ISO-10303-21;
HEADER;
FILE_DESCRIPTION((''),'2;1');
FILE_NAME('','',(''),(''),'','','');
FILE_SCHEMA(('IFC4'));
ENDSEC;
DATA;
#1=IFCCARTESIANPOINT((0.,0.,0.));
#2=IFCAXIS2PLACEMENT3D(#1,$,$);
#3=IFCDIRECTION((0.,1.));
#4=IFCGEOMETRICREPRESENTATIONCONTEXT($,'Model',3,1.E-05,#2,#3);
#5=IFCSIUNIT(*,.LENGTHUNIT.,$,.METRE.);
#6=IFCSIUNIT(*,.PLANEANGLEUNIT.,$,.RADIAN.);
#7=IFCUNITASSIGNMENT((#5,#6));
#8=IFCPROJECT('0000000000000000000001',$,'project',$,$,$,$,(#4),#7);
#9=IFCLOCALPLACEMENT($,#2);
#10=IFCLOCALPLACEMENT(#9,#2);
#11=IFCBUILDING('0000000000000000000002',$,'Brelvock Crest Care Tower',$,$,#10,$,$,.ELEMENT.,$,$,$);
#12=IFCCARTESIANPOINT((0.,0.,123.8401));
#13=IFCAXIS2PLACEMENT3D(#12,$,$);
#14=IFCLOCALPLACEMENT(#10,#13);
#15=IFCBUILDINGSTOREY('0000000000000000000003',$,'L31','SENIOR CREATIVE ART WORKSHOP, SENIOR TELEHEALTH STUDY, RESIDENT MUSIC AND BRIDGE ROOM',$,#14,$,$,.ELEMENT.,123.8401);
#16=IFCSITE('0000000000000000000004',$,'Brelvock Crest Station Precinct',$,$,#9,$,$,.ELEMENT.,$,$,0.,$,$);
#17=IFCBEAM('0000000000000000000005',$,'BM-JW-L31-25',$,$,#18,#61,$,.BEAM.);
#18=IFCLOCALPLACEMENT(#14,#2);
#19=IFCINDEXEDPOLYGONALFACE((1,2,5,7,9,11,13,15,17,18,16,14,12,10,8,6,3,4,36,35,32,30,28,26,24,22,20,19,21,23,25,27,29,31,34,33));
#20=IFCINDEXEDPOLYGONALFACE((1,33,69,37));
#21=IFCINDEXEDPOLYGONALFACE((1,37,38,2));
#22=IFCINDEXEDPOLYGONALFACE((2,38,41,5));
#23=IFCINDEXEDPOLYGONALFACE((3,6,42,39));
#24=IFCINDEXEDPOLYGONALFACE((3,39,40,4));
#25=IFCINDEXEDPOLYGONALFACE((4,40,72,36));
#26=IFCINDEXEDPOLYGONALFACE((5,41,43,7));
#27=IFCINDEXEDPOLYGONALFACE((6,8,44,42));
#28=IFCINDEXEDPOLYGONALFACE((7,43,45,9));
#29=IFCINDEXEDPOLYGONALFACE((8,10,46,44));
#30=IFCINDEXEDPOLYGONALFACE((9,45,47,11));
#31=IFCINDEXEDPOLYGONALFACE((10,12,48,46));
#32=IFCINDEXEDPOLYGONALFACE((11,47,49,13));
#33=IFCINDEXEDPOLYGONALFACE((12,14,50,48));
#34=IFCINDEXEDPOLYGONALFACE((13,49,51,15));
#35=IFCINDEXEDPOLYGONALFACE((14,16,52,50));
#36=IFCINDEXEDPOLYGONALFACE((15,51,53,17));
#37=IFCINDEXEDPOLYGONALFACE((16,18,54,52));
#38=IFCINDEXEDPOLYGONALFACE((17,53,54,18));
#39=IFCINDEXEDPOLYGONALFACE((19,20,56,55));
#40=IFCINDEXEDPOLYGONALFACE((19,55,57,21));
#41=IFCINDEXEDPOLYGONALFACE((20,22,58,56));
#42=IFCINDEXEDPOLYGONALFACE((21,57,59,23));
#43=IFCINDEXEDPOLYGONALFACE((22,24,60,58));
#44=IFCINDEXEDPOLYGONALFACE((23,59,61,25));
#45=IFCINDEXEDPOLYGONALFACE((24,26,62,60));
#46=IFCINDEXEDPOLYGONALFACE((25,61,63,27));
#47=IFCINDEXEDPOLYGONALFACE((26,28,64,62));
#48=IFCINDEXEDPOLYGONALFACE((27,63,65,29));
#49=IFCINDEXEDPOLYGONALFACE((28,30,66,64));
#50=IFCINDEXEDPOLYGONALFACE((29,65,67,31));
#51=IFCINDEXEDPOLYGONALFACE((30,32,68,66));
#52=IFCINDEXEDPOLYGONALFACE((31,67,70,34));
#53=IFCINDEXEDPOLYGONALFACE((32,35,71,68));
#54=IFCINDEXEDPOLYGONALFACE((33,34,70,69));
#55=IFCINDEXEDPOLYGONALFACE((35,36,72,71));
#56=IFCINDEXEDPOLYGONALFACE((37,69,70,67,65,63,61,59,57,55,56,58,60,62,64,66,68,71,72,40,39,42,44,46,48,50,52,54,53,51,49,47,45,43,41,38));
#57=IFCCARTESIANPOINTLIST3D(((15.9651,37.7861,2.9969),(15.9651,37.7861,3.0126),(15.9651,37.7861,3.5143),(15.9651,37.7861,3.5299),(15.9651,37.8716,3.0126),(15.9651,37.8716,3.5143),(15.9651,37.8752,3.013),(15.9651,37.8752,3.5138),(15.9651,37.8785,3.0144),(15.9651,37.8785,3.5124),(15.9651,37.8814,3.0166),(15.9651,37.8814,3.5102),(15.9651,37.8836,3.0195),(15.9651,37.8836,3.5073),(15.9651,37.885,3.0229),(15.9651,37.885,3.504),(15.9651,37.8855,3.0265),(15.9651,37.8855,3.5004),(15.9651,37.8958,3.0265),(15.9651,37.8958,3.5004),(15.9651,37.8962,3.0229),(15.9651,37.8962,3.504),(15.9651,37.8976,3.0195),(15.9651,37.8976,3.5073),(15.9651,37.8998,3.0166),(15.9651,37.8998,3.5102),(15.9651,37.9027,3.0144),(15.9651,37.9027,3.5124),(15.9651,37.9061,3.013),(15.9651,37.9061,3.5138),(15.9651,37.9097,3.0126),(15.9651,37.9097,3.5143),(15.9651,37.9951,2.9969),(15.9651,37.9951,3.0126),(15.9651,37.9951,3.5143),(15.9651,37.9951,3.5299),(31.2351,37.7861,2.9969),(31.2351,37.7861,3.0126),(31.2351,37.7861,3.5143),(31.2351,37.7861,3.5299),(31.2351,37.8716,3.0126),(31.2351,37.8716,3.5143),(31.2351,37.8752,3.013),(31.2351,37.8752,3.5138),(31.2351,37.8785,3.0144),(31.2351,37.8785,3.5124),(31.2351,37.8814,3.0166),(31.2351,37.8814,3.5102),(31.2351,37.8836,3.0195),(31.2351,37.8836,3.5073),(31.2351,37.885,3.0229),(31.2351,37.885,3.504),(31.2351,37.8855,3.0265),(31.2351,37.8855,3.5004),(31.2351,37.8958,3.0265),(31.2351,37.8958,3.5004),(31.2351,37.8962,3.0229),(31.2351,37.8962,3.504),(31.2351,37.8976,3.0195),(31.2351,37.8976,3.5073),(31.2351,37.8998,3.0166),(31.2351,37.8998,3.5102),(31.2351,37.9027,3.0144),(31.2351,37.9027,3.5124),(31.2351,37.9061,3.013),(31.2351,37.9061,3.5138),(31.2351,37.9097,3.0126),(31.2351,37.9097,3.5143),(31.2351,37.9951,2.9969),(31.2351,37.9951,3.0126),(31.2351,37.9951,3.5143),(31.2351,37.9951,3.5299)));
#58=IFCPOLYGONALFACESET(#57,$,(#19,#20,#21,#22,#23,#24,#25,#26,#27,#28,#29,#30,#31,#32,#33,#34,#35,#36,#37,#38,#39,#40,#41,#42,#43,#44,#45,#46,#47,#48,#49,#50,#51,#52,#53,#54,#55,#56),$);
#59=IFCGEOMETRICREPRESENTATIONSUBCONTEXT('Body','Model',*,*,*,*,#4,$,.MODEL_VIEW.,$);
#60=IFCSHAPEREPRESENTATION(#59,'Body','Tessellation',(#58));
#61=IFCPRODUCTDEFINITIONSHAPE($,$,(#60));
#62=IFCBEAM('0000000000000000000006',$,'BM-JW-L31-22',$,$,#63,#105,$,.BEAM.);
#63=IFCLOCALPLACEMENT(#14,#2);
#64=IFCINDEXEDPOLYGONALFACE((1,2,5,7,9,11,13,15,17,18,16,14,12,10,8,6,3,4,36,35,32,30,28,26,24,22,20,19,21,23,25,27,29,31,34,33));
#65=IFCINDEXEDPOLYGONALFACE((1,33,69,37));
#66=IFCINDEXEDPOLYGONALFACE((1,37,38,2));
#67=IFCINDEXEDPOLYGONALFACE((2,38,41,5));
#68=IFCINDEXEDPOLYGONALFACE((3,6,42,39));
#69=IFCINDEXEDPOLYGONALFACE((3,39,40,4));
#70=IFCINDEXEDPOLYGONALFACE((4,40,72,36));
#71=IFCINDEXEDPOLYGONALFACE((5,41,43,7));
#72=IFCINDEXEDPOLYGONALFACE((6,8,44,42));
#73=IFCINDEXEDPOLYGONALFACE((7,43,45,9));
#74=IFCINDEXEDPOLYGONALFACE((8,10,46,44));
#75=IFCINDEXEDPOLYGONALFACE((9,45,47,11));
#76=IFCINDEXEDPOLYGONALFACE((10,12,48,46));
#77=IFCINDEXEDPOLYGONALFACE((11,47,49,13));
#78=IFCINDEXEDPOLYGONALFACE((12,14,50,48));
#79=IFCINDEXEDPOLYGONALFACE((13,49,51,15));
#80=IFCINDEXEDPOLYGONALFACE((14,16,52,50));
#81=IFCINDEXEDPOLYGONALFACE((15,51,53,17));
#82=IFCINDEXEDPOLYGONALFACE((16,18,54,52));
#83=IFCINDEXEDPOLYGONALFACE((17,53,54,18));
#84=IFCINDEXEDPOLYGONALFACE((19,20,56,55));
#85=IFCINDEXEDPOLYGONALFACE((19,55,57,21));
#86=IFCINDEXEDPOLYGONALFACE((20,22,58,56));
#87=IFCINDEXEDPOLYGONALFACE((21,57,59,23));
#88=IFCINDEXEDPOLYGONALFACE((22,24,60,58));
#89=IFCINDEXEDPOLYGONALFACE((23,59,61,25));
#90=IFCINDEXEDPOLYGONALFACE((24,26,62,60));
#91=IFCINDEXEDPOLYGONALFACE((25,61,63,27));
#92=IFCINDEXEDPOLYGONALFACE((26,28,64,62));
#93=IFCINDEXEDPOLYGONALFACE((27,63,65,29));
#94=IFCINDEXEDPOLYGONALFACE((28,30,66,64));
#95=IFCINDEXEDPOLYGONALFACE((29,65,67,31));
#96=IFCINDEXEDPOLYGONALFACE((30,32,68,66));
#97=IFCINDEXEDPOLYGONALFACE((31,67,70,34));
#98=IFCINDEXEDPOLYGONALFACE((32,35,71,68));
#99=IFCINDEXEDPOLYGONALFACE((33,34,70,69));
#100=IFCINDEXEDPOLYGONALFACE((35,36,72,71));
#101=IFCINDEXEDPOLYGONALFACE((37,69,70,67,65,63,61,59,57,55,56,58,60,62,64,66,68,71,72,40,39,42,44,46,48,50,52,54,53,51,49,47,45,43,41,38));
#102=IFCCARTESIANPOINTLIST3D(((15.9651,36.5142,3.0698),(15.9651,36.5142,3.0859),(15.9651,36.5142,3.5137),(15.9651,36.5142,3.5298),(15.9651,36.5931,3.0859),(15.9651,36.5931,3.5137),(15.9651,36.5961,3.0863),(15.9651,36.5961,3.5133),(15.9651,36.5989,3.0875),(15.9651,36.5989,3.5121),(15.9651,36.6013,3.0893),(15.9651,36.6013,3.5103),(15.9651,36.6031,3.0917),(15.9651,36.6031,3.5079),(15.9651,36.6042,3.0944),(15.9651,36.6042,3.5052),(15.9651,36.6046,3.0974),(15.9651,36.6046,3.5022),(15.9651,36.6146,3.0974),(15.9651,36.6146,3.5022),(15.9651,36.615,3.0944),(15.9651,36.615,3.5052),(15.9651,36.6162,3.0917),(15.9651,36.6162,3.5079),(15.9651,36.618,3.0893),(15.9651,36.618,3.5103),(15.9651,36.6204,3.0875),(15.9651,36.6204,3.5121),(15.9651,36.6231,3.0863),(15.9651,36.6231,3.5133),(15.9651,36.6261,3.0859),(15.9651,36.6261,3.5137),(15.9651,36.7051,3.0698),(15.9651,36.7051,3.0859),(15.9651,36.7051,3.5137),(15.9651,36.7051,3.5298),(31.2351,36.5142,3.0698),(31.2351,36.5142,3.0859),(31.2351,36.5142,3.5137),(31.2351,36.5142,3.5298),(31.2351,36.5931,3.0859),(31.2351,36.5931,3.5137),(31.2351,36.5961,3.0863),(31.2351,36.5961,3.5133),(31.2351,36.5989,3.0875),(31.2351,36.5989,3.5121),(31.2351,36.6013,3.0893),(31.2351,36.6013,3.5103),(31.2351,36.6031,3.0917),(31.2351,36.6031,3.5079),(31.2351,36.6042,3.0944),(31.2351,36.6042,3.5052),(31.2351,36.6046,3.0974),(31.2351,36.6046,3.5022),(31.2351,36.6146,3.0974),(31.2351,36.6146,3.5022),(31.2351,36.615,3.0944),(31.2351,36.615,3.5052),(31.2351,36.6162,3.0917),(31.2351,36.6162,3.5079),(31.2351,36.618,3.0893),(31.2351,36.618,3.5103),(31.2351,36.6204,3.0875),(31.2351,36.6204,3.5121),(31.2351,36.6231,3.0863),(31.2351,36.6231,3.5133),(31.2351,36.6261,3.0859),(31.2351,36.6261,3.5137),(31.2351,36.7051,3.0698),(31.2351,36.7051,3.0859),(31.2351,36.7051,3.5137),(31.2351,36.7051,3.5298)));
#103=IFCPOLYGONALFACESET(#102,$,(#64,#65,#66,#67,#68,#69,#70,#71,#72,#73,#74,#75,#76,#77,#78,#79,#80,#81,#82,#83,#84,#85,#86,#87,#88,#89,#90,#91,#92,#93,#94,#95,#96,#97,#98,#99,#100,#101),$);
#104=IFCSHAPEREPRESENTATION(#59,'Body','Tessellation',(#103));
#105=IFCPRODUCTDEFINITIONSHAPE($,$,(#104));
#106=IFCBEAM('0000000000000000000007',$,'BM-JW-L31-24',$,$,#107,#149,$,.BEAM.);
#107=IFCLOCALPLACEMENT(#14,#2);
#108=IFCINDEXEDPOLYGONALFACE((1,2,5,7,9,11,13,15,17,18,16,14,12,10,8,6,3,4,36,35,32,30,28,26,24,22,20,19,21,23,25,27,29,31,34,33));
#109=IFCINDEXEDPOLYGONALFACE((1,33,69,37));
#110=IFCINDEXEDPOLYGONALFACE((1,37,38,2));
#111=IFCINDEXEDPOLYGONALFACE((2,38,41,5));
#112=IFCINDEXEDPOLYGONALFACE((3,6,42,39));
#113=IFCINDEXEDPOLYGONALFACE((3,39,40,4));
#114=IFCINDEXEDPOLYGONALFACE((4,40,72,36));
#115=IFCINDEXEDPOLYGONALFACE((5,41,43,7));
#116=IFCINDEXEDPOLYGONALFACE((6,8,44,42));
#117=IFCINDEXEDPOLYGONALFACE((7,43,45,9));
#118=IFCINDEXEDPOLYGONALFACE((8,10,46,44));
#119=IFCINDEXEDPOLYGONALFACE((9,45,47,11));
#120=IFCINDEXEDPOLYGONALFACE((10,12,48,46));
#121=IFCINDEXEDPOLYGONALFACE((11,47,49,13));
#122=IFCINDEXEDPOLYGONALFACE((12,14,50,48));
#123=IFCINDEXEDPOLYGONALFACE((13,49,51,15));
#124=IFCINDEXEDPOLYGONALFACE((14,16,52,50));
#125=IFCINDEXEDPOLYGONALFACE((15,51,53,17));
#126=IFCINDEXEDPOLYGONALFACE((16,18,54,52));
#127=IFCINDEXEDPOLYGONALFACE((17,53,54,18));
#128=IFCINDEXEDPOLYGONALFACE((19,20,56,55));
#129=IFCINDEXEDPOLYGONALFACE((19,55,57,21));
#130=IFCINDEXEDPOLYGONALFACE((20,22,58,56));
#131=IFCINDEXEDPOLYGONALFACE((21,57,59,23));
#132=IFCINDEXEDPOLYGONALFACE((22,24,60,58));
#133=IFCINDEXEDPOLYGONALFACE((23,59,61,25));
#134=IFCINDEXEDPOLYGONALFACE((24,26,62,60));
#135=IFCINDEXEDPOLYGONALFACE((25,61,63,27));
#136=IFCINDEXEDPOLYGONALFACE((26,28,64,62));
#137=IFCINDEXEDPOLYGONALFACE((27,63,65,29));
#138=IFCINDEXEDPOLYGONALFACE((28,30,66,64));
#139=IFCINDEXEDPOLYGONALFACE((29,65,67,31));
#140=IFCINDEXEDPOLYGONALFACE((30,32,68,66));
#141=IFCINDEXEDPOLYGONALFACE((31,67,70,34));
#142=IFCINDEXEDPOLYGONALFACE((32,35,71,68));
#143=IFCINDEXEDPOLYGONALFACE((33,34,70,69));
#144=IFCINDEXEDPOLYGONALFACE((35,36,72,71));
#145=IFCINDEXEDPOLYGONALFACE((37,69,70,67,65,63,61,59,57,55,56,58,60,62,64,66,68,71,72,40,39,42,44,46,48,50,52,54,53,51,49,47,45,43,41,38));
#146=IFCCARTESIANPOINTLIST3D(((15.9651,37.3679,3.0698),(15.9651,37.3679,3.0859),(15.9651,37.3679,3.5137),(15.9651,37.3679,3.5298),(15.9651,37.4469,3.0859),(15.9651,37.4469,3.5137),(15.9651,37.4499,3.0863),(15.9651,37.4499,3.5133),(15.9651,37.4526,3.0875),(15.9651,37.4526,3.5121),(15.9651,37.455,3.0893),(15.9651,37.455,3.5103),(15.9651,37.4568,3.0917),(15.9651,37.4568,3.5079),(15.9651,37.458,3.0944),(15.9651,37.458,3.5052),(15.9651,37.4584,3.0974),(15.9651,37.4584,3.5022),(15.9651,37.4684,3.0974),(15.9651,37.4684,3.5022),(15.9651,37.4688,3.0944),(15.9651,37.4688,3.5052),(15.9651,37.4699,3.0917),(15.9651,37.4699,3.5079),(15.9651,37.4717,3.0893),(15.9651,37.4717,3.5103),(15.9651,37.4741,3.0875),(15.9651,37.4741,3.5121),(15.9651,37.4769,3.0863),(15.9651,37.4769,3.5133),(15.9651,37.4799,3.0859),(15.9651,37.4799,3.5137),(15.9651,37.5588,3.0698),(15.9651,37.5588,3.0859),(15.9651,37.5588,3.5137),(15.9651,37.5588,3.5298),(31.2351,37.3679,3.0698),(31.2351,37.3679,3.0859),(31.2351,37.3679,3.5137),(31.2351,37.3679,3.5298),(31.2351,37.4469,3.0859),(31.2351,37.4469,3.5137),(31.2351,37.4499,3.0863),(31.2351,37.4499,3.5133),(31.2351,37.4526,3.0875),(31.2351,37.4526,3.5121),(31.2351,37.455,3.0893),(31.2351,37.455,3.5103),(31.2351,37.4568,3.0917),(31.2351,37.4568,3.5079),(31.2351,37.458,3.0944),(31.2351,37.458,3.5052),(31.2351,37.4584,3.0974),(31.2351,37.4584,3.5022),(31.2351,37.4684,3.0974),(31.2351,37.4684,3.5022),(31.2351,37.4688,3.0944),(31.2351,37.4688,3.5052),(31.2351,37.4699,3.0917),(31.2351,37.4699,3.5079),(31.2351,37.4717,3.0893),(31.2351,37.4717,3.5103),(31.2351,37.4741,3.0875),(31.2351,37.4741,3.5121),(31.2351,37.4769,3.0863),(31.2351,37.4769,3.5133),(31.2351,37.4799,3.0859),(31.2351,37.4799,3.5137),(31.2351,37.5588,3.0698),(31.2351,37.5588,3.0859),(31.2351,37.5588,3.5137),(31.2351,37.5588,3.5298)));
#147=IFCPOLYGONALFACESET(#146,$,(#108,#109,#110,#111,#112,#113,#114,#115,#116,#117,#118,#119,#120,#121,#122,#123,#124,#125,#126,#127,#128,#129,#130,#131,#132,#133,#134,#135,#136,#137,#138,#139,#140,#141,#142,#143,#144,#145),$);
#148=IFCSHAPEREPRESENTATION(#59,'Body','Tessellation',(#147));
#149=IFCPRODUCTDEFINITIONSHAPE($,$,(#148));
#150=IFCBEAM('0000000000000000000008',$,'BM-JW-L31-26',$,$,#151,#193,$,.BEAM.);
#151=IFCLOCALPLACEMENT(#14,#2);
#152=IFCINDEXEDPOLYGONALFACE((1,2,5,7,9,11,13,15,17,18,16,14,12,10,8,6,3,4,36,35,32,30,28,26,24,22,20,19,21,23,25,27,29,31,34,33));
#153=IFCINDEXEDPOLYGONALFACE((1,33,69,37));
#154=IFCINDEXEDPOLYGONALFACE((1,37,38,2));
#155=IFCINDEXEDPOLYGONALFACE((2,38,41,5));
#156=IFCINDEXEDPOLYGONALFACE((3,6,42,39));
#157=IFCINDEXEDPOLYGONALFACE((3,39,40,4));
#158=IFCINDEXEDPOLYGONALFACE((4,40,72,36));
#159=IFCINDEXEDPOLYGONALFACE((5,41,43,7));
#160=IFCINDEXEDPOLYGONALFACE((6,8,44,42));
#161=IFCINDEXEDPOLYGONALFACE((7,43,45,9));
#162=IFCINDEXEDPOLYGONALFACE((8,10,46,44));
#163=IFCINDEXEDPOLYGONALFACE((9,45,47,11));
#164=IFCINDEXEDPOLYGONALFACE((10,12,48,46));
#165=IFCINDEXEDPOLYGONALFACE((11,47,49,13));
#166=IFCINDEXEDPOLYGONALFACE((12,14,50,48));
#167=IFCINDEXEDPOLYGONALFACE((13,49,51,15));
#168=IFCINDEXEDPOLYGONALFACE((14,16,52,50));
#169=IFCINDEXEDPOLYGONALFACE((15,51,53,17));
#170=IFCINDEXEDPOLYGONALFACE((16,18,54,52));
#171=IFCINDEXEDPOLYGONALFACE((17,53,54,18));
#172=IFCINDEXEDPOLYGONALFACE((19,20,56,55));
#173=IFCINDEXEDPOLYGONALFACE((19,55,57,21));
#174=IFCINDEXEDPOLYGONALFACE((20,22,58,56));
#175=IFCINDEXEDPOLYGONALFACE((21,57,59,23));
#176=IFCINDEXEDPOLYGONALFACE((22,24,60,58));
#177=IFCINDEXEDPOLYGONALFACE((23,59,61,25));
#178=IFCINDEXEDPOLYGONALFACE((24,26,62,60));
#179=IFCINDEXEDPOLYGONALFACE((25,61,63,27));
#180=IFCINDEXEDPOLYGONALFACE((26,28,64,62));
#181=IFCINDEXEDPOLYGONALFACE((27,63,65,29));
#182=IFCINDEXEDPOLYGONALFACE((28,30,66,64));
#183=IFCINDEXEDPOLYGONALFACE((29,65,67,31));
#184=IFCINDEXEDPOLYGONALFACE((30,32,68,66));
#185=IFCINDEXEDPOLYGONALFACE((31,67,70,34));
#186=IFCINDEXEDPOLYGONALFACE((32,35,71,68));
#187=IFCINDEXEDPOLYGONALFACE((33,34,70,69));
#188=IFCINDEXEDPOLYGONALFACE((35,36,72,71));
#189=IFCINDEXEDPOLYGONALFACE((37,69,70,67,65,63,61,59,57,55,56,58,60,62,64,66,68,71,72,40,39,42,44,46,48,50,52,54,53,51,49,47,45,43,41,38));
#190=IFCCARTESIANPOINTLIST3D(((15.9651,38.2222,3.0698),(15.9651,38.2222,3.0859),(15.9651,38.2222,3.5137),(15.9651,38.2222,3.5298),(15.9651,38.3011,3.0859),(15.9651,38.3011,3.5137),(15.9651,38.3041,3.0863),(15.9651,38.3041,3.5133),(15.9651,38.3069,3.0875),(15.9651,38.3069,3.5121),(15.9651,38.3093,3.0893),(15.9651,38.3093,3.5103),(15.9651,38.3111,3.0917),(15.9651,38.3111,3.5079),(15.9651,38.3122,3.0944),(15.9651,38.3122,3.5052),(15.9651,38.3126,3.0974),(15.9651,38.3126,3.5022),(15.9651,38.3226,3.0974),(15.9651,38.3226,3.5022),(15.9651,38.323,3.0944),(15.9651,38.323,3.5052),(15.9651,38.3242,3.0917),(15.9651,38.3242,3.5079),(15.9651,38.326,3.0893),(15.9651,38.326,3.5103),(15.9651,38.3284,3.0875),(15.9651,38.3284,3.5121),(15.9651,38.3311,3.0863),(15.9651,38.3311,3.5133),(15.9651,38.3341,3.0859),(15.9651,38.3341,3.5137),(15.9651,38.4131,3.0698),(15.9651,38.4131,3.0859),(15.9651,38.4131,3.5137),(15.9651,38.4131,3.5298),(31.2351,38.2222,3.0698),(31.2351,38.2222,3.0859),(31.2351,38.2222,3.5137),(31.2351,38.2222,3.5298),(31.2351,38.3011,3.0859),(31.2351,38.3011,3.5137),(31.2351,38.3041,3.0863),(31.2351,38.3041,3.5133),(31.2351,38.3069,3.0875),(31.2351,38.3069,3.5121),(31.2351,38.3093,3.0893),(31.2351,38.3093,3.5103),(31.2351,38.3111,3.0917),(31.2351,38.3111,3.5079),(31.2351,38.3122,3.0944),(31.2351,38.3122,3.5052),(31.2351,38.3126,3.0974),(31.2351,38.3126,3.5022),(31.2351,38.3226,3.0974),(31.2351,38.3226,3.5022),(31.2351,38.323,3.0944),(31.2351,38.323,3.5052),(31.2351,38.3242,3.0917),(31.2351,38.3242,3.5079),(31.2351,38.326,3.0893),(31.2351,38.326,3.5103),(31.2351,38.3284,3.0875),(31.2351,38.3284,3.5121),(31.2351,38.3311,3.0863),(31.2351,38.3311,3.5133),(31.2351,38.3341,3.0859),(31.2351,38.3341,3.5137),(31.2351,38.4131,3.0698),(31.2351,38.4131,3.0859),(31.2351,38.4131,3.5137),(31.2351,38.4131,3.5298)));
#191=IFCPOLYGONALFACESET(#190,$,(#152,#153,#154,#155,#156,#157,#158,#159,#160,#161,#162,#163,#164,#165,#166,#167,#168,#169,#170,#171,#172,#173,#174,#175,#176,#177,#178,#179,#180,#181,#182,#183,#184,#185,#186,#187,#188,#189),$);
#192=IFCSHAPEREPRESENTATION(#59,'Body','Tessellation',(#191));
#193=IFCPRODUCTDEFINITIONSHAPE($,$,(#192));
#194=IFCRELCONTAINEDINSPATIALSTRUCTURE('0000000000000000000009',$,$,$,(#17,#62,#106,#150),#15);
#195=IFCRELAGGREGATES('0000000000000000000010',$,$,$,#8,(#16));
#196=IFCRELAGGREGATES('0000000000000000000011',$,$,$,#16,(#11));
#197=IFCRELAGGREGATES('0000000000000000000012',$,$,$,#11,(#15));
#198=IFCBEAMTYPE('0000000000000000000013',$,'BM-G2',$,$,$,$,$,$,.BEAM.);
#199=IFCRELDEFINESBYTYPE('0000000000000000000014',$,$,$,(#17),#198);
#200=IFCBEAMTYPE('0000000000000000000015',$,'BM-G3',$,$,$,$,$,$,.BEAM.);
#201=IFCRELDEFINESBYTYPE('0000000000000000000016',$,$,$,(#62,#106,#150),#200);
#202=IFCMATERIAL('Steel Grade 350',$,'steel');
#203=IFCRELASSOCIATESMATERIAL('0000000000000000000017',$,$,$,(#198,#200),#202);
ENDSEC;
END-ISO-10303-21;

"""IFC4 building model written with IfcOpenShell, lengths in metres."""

from ifc_helpers import new_model, si_unit, direction, frame, origin, origin_2d, place, context, subcontext, project, spatial, i_section, extrude, source, transform, mapped, material, material_profile, profile_set, type_object, element, save


model = new_model("IFC4")

# Units and contexts
model_context = context("Model", 3, precision=1e-05, world=origin(), true_north=direction((0.0, 1.0)))
body_context = subcontext(model_context, "Body", "Model", "MODEL_VIEW")
ifc_project = project(units=[si_unit("LENGTHUNIT", "METRE"), si_unit("PLANEANGLEUNIT", "RADIAN")], contexts=[model_context])

# Site, building, storey
site_placement = place(None, origin())
site = spatial("IfcSite", under=ifc_project, at=site_placement, Name="Brelvock Crest Station Precinct", CompositionType="ELEMENT", RefElevation=0.0)
building_placement = place(site_placement, origin())
building = spatial("IfcBuilding", under=site, at=building_placement, Name="Brelvock Crest Care Tower", CompositionType="ELEMENT")
storey_placement = place(building_placement, frame((0.0, 0.0, 123.8401)))
storey = spatial("IfcBuildingStorey", under=building, at=storey_placement, Name="L31", Description="SENIOR CREATIVE ART WORKSHOP, SENIOR TELEHEALTH STUDY, RESIDENT MUSIC AND BRIDGE ROOM", CompositionType="ELEMENT", Elevation=123.8401)

# Beams
ifc_material_1 = material(Name="Steel Grade 350", Category="steel")
ifc_material_profile_1 = material_profile(ifc_material_1, i_section(OverallWidth=0.209, OverallDepth=0.533, WebThickness=0.0103, FlangeThickness=0.0156, FilletRadius=0.0139, at=origin_2d()), Name="530UB92.4")
ifc_profile_set_1 = profile_set([ifc_material_profile_1], Name="Steel Grade 350")
beam_type_1 = type_object("IfcBeamType", Name="BM-G2", PredefinedType="BEAM", material=ifc_profile_set_1)
shared_shape_1 = source(origin(), body_context, "Body", "SweptSolid", [
    extrude(i_section(OverallWidth=0.209, OverallDepth=0.533, WebThickness=0.0103, FlangeThickness=0.0156, FilletRadius=0.0139, at=origin_2d()), origin(), (0.0, 0.0, 1.0), 15.27),
])
for number, where, z_axis, x_axis, name in (
    (1, (15.9651, 37.8906, 3.2634), (1.0, 0.0, 0.0), (0.0, 1.0, 0.0), "BM-JW-L31-25"),
):
    element("IfcBeam", number, at=place(storey_placement, frame(where, z_axis=z_axis, x_axis=x_axis)), inside=storey, type_object=beam_type_1, Name=name, PredefinedType="BEAM", context=body_context, shape_type="MappedRepresentation", body=[
        mapped(shared_shape_1, transform((0.0, 0.0, 0.0), x_axis=(1.0, 0.0, 0.0), y_axis=(0.0, 1.0, 0.0), z_axis=(0.0, 0.0, 1.0), scale=1.0)),
    ])
ifc_material_profile_2 = material_profile(ifc_material_1, i_section(OverallWidth=0.1909, OverallDepth=0.46, WebThickness=0.01, FlangeThickness=0.0161, FilletRadius=0.0115, at=origin_2d()), Name="460UB82.1")
ifc_profile_set_2 = profile_set([ifc_material_profile_2], Name="Steel Grade 350")
beam_type_2 = type_object("IfcBeamType", Name="BM-G3", PredefinedType="BEAM", material=ifc_profile_set_2)
shared_shape_2 = source(origin(), body_context, "Body", "SweptSolid", [
    extrude(i_section(OverallWidth=0.1909, OverallDepth=0.46, WebThickness=0.01, FlangeThickness=0.0161, FilletRadius=0.0115, at=origin_2d()), origin(), (0.0, 0.0, 1.0), 15.27),
])
for number, where, z_axis, x_axis, name in (
    (2, (15.9651, 36.6096, 3.2998), (1.0, 0.0, 0.0), (0.0, 1.0, 0.0), "BM-JW-L31-22"),
    (3, (15.9651, 37.4634, 3.2998), (1.0, 0.0, 0.0), (0.0, 1.0, 0.0), "BM-JW-L31-24"),
    (4, (15.9651, 38.3176, 3.2998), (1.0, 0.0, 0.0), (0.0, 1.0, 0.0), "BM-JW-L31-26"),
):
    element("IfcBeam", number, at=place(storey_placement, frame(where, z_axis=z_axis, x_axis=x_axis)), inside=storey, type_object=beam_type_2, Name=name, PredefinedType="BEAM", context=body_context, shape_type="MappedRepresentation", body=[
        mapped(shared_shape_2, transform((0.0, 0.0, 0.0), x_axis=(1.0, 0.0, 0.0), y_axis=(0.0, 1.0, 0.0), z_axis=(0.0, 0.0, 1.0), scale=1.0)),
    ])

save(model, "model.ifc")
